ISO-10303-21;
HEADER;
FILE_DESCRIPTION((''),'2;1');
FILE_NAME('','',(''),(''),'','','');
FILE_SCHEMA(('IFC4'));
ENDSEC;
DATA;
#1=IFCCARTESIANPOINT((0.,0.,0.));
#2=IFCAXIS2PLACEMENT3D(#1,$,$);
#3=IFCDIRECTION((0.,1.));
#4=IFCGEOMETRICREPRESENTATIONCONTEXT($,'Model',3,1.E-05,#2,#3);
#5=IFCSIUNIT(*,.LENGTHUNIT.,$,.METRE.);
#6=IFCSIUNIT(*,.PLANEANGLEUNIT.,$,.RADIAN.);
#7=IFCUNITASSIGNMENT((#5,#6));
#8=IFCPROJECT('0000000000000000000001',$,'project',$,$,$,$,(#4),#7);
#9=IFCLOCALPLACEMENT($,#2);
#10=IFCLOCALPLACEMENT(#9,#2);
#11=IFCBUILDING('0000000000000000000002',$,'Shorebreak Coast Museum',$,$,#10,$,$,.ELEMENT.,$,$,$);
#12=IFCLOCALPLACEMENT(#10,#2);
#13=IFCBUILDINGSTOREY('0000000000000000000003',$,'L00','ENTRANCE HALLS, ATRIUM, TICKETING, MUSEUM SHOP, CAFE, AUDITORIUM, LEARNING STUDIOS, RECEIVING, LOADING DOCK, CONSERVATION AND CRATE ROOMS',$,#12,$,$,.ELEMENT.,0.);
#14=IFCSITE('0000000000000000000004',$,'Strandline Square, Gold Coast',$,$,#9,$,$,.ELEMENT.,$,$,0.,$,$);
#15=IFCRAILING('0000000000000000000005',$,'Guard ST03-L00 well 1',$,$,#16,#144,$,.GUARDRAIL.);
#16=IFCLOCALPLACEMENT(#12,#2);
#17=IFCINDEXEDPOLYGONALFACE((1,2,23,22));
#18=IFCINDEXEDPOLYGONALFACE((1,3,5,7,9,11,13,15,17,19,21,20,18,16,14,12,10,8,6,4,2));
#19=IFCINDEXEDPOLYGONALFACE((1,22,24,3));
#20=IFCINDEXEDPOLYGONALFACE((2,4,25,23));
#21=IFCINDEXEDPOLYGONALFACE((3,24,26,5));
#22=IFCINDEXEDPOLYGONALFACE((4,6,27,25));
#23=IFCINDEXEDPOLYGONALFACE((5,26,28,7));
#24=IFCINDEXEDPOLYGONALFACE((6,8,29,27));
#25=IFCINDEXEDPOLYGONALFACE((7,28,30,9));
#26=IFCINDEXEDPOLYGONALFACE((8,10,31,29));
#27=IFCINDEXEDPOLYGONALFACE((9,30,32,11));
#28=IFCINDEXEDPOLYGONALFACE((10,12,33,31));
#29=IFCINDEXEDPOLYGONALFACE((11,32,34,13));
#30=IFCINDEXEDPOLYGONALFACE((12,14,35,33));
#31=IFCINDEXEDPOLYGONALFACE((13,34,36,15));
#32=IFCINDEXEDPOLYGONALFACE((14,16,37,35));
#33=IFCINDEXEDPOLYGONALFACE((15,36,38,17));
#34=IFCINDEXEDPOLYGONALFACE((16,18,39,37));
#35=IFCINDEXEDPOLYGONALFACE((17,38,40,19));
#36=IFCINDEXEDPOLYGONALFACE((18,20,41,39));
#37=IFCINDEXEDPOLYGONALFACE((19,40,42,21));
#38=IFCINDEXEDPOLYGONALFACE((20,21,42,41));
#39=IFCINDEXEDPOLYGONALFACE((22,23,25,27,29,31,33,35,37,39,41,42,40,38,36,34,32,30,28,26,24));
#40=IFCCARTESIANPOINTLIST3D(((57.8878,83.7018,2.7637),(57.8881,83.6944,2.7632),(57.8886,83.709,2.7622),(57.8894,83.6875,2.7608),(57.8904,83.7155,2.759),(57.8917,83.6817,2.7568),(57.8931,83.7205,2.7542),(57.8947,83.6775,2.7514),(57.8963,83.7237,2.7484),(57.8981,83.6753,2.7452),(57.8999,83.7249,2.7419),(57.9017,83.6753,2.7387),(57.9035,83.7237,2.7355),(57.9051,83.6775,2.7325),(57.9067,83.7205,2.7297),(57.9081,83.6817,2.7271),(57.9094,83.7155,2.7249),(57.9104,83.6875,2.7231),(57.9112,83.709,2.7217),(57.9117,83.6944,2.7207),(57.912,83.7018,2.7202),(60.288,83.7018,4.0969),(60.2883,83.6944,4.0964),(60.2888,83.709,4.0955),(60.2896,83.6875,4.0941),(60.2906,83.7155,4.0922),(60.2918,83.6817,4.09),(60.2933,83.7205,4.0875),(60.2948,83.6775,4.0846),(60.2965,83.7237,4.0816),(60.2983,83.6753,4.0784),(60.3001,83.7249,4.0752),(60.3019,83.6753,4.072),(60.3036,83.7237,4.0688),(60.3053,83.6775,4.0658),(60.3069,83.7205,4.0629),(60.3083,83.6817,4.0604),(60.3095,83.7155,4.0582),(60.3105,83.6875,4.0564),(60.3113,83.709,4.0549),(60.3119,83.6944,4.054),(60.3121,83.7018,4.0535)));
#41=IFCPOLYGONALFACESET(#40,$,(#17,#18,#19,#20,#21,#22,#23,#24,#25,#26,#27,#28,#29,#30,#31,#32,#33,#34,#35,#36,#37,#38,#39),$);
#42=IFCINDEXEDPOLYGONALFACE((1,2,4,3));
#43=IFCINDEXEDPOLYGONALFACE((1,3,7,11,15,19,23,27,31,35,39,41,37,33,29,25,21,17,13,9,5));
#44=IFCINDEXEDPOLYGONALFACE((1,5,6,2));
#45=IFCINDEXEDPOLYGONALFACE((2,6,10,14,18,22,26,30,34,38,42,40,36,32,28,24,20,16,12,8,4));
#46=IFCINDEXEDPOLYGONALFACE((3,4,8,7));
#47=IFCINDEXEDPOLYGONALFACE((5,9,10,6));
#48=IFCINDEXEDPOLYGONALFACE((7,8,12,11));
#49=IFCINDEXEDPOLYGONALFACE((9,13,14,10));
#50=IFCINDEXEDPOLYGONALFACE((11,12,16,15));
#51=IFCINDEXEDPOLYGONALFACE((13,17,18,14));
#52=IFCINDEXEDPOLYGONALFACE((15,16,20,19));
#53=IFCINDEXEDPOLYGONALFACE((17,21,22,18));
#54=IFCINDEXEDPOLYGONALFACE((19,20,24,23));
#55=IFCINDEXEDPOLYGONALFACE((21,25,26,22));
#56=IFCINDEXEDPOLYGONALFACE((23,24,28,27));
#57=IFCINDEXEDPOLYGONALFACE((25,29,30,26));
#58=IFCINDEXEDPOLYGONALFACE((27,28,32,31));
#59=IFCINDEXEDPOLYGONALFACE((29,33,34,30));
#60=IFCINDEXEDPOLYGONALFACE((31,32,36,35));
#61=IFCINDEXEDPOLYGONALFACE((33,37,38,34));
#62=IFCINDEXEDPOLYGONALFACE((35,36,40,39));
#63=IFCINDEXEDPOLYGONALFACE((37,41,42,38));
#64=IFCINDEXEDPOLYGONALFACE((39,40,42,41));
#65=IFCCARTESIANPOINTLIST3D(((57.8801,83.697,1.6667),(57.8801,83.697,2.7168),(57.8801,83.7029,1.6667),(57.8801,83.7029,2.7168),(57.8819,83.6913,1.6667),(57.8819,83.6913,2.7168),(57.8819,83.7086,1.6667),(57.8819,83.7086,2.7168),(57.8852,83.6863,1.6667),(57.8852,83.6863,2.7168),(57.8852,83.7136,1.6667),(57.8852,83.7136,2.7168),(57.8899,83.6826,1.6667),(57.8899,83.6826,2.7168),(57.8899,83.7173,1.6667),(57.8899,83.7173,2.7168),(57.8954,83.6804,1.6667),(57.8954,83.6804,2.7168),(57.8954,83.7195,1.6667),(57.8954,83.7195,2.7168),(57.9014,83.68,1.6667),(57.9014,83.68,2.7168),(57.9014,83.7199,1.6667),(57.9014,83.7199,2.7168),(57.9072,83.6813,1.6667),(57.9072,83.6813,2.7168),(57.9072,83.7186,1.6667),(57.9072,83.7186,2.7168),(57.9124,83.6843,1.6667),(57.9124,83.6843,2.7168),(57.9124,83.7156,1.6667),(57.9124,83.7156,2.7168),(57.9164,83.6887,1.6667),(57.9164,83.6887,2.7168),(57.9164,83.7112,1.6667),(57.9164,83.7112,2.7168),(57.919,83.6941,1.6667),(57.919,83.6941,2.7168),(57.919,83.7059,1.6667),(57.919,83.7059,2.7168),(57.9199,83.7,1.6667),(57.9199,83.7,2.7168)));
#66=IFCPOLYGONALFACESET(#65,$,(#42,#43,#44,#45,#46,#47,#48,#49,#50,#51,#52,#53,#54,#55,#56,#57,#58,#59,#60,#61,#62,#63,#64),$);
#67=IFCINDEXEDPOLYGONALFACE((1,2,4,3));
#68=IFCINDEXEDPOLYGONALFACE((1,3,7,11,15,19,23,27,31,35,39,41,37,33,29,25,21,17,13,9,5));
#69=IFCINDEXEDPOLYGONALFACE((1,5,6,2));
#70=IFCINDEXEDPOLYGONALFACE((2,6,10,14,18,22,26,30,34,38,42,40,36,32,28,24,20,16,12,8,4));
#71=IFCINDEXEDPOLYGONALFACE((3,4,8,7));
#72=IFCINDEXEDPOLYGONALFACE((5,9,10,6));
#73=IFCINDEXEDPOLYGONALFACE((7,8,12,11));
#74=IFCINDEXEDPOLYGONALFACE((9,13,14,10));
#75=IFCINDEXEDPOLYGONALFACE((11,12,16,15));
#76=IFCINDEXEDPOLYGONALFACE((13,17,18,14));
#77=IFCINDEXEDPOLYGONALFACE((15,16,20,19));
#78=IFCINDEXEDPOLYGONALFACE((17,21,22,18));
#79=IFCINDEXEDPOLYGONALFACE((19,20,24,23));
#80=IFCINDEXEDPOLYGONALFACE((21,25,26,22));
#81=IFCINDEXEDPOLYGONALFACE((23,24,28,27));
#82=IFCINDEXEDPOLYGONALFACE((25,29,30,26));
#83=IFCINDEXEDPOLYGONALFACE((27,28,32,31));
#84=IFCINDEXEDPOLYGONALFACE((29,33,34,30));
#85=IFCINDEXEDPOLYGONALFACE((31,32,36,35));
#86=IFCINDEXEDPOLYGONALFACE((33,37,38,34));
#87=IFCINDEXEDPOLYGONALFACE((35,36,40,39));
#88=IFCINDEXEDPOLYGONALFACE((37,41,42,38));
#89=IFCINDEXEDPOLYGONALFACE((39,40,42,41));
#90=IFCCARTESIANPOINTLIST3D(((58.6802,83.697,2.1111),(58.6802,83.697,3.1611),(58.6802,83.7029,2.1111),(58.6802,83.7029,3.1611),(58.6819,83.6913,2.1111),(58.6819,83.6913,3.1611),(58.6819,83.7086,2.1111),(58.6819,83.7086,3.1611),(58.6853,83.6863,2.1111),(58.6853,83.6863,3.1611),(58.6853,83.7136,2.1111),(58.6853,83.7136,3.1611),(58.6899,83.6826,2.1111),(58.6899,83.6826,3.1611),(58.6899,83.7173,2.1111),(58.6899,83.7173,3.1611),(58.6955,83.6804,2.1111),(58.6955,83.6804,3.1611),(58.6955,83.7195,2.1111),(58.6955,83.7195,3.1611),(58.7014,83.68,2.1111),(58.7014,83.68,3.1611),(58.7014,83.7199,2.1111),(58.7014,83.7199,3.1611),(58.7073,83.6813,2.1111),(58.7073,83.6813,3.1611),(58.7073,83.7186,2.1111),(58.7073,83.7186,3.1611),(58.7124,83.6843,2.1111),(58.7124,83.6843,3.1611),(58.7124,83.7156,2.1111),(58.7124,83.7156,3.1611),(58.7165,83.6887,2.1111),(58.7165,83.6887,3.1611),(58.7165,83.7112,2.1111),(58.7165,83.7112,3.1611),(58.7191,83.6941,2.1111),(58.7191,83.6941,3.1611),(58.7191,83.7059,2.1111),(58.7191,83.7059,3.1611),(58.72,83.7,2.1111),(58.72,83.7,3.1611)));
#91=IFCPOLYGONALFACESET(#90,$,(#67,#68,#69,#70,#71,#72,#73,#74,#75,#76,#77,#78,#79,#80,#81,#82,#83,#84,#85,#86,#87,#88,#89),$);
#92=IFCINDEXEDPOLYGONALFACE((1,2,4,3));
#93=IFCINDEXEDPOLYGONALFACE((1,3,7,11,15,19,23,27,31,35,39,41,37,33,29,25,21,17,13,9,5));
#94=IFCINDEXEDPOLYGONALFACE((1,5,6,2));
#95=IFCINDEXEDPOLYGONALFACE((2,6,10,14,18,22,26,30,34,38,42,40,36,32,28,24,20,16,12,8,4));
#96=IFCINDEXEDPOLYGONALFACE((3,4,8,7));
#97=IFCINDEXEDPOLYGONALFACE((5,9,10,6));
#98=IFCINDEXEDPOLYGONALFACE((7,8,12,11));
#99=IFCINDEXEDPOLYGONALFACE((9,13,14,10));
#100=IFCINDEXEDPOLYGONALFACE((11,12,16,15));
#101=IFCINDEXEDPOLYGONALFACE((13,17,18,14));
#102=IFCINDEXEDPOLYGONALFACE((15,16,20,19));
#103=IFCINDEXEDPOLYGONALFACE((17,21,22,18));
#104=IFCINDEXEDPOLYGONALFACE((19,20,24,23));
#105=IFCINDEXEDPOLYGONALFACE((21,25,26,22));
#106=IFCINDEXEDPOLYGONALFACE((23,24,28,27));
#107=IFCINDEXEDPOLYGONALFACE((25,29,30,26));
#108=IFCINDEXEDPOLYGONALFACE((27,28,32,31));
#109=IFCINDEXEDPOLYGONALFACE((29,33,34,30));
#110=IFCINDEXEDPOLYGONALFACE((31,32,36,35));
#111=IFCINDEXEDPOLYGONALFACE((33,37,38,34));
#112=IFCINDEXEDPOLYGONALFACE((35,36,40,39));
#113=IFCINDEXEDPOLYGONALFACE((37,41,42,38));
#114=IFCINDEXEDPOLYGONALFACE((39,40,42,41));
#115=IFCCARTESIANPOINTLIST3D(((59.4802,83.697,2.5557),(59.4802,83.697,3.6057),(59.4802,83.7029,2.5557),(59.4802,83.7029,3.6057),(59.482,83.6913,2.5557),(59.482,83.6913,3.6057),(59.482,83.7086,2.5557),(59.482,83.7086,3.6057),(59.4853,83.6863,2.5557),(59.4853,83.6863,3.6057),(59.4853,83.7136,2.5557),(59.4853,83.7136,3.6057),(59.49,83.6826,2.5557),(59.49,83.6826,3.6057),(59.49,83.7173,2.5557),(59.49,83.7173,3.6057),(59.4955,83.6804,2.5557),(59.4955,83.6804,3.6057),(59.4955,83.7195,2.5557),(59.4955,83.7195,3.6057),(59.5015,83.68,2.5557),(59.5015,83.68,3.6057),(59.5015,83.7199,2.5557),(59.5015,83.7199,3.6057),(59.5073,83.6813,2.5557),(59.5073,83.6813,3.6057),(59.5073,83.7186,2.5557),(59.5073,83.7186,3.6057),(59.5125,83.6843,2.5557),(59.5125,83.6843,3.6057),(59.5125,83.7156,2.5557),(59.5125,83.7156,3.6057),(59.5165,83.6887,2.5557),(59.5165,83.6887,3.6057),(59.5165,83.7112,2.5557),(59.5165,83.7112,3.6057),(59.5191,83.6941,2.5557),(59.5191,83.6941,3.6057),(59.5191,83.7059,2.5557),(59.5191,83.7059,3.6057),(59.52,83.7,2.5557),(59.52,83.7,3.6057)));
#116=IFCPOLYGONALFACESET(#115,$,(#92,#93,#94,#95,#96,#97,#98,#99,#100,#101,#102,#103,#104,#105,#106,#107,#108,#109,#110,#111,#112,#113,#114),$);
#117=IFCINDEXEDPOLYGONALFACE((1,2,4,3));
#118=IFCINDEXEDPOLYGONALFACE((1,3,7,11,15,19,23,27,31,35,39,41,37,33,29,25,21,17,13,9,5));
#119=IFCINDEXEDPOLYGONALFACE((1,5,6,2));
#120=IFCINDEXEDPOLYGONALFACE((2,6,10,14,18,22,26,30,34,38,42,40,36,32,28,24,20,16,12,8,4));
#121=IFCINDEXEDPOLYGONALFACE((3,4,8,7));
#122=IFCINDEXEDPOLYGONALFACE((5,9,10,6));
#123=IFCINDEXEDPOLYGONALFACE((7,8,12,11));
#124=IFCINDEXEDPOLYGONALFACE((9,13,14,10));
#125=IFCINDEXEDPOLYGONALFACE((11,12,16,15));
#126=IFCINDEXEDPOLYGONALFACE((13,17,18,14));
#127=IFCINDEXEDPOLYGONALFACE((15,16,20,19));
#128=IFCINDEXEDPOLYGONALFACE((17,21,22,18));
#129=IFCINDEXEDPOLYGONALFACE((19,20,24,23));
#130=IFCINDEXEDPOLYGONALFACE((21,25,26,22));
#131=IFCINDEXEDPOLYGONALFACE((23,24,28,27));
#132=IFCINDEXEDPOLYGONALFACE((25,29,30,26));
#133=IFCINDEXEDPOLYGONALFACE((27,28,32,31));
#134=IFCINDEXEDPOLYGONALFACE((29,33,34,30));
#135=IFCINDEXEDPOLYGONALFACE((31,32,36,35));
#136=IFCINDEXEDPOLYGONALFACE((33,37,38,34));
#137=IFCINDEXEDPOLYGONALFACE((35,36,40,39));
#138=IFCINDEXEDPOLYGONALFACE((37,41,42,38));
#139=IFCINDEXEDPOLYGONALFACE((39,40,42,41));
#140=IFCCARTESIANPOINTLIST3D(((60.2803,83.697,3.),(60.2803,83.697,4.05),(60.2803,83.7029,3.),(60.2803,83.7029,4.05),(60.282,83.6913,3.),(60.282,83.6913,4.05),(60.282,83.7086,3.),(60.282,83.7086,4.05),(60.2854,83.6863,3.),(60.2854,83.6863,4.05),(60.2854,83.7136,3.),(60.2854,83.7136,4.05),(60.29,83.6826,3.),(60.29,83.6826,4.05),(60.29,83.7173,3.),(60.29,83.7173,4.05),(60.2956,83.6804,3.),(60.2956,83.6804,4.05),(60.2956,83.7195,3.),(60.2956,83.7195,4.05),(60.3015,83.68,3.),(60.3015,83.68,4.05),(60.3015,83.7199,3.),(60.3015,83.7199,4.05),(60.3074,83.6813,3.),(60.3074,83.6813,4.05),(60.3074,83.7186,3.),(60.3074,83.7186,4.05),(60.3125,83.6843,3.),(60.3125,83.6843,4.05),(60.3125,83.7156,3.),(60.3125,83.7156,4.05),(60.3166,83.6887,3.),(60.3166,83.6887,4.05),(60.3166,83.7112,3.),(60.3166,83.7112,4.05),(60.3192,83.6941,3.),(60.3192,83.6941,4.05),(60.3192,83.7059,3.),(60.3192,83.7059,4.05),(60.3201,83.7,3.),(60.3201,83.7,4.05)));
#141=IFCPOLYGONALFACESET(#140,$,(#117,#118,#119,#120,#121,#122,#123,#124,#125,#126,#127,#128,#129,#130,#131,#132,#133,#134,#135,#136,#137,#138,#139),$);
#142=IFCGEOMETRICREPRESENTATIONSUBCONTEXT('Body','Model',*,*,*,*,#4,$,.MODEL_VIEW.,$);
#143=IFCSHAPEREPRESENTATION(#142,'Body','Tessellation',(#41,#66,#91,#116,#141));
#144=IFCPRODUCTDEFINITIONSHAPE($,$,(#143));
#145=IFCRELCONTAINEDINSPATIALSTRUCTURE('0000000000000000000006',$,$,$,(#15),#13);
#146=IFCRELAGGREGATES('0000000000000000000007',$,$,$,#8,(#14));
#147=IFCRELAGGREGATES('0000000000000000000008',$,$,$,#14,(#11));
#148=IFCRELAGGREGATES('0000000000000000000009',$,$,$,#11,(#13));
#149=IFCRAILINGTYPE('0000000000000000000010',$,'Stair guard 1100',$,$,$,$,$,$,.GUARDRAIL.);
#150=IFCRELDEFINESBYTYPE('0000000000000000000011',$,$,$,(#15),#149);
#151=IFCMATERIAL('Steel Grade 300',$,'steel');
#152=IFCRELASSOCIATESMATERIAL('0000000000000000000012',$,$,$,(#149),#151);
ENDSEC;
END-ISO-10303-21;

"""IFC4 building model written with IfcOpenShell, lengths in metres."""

from ifc_helpers import new_model, si_unit, direction, frame, origin, origin_2d, place, context, subcontext, project, spatial, circle, extrude, material, type_object, element, save


model = new_model("IFC4")

# Units and contexts
model_context = context("Model", 3, precision=1e-05, world=origin(), true_north=direction((0.0, 1.0)))
body_context = subcontext(model_context, "Body", "Model", "MODEL_VIEW")
ifc_project = project(units=[si_unit("LENGTHUNIT", "METRE"), si_unit("PLANEANGLEUNIT", "RADIAN")], contexts=[model_context])

# Site, building, storey
site_placement = place(None, origin())
site = spatial("IfcSite", under=ifc_project, at=site_placement, Name="Strandline Square, Gold Coast", CompositionType="ELEMENT", RefElevation=0.0)
building_placement = place(site_placement, origin())
building = spatial("IfcBuilding", under=site, at=building_placement, Name="Shorebreak Coast Museum", CompositionType="ELEMENT")
storey_placement = place(building_placement, origin())
storey = spatial("IfcBuildingStorey", under=building, at=storey_placement, Name="L00", Description="ENTRANCE HALLS, ATRIUM, TICKETING, MUSEUM SHOP, CAFE, AUDITORIUM, LEARNING STUDIOS, RECEIVING, LOADING DOCK, CONSERVATION AND CRATE ROOMS", CompositionType="ELEMENT", Elevation=0.0)

# Railing
ifc_material_1 = material(Name="Steel Grade 300", Category="steel")
railing_type_1 = type_object("IfcRailingType", Name="Stair guard 1100", PredefinedType="GUARDRAIL", material=ifc_material_1)
for number, where, name in (
    (1, (57.8999, 83.7, 1.6667), "Guard ST03-L00 well 1"),
):
    element("IfcRailing", number, at=place(storey_placement, frame(where)), inside=storey, type_object=railing_type_1, Name=name, PredefinedType="GUARDRAIL", context=body_context, shape_type="SweptSolid", body=[
        extrude(circle(Radius=0.0249, at=origin_2d()), frame((0.0, 0.0, 1.0752), z_axis=(0.874182, 0.0, 0.485598), x_axis=(0.0, 1.0, 0.0)), (0.0, 0.0, 1.0), 2.7456),
        extrude(circle(Radius=0.02, at=origin_2d()), origin(), (0.0, 0.0, 1.0), 1.05),
        extrude(circle(Radius=0.02, at=origin_2d()), frame((0.8, 0.0, 0.4443)), (0.0, 0.0, 1.0), 1.05),
        extrude(circle(Radius=0.02, at=origin_2d()), frame((1.6001, 0.0, 0.8889)), (0.0, 0.0, 1.0), 1.05),
        extrude(circle(Radius=0.02, at=origin_2d()), frame((2.4001, 0.0, 1.3333)), (0.0, 0.0, 1.0), 1.05),
    ])

save(model, "model.ifc")
